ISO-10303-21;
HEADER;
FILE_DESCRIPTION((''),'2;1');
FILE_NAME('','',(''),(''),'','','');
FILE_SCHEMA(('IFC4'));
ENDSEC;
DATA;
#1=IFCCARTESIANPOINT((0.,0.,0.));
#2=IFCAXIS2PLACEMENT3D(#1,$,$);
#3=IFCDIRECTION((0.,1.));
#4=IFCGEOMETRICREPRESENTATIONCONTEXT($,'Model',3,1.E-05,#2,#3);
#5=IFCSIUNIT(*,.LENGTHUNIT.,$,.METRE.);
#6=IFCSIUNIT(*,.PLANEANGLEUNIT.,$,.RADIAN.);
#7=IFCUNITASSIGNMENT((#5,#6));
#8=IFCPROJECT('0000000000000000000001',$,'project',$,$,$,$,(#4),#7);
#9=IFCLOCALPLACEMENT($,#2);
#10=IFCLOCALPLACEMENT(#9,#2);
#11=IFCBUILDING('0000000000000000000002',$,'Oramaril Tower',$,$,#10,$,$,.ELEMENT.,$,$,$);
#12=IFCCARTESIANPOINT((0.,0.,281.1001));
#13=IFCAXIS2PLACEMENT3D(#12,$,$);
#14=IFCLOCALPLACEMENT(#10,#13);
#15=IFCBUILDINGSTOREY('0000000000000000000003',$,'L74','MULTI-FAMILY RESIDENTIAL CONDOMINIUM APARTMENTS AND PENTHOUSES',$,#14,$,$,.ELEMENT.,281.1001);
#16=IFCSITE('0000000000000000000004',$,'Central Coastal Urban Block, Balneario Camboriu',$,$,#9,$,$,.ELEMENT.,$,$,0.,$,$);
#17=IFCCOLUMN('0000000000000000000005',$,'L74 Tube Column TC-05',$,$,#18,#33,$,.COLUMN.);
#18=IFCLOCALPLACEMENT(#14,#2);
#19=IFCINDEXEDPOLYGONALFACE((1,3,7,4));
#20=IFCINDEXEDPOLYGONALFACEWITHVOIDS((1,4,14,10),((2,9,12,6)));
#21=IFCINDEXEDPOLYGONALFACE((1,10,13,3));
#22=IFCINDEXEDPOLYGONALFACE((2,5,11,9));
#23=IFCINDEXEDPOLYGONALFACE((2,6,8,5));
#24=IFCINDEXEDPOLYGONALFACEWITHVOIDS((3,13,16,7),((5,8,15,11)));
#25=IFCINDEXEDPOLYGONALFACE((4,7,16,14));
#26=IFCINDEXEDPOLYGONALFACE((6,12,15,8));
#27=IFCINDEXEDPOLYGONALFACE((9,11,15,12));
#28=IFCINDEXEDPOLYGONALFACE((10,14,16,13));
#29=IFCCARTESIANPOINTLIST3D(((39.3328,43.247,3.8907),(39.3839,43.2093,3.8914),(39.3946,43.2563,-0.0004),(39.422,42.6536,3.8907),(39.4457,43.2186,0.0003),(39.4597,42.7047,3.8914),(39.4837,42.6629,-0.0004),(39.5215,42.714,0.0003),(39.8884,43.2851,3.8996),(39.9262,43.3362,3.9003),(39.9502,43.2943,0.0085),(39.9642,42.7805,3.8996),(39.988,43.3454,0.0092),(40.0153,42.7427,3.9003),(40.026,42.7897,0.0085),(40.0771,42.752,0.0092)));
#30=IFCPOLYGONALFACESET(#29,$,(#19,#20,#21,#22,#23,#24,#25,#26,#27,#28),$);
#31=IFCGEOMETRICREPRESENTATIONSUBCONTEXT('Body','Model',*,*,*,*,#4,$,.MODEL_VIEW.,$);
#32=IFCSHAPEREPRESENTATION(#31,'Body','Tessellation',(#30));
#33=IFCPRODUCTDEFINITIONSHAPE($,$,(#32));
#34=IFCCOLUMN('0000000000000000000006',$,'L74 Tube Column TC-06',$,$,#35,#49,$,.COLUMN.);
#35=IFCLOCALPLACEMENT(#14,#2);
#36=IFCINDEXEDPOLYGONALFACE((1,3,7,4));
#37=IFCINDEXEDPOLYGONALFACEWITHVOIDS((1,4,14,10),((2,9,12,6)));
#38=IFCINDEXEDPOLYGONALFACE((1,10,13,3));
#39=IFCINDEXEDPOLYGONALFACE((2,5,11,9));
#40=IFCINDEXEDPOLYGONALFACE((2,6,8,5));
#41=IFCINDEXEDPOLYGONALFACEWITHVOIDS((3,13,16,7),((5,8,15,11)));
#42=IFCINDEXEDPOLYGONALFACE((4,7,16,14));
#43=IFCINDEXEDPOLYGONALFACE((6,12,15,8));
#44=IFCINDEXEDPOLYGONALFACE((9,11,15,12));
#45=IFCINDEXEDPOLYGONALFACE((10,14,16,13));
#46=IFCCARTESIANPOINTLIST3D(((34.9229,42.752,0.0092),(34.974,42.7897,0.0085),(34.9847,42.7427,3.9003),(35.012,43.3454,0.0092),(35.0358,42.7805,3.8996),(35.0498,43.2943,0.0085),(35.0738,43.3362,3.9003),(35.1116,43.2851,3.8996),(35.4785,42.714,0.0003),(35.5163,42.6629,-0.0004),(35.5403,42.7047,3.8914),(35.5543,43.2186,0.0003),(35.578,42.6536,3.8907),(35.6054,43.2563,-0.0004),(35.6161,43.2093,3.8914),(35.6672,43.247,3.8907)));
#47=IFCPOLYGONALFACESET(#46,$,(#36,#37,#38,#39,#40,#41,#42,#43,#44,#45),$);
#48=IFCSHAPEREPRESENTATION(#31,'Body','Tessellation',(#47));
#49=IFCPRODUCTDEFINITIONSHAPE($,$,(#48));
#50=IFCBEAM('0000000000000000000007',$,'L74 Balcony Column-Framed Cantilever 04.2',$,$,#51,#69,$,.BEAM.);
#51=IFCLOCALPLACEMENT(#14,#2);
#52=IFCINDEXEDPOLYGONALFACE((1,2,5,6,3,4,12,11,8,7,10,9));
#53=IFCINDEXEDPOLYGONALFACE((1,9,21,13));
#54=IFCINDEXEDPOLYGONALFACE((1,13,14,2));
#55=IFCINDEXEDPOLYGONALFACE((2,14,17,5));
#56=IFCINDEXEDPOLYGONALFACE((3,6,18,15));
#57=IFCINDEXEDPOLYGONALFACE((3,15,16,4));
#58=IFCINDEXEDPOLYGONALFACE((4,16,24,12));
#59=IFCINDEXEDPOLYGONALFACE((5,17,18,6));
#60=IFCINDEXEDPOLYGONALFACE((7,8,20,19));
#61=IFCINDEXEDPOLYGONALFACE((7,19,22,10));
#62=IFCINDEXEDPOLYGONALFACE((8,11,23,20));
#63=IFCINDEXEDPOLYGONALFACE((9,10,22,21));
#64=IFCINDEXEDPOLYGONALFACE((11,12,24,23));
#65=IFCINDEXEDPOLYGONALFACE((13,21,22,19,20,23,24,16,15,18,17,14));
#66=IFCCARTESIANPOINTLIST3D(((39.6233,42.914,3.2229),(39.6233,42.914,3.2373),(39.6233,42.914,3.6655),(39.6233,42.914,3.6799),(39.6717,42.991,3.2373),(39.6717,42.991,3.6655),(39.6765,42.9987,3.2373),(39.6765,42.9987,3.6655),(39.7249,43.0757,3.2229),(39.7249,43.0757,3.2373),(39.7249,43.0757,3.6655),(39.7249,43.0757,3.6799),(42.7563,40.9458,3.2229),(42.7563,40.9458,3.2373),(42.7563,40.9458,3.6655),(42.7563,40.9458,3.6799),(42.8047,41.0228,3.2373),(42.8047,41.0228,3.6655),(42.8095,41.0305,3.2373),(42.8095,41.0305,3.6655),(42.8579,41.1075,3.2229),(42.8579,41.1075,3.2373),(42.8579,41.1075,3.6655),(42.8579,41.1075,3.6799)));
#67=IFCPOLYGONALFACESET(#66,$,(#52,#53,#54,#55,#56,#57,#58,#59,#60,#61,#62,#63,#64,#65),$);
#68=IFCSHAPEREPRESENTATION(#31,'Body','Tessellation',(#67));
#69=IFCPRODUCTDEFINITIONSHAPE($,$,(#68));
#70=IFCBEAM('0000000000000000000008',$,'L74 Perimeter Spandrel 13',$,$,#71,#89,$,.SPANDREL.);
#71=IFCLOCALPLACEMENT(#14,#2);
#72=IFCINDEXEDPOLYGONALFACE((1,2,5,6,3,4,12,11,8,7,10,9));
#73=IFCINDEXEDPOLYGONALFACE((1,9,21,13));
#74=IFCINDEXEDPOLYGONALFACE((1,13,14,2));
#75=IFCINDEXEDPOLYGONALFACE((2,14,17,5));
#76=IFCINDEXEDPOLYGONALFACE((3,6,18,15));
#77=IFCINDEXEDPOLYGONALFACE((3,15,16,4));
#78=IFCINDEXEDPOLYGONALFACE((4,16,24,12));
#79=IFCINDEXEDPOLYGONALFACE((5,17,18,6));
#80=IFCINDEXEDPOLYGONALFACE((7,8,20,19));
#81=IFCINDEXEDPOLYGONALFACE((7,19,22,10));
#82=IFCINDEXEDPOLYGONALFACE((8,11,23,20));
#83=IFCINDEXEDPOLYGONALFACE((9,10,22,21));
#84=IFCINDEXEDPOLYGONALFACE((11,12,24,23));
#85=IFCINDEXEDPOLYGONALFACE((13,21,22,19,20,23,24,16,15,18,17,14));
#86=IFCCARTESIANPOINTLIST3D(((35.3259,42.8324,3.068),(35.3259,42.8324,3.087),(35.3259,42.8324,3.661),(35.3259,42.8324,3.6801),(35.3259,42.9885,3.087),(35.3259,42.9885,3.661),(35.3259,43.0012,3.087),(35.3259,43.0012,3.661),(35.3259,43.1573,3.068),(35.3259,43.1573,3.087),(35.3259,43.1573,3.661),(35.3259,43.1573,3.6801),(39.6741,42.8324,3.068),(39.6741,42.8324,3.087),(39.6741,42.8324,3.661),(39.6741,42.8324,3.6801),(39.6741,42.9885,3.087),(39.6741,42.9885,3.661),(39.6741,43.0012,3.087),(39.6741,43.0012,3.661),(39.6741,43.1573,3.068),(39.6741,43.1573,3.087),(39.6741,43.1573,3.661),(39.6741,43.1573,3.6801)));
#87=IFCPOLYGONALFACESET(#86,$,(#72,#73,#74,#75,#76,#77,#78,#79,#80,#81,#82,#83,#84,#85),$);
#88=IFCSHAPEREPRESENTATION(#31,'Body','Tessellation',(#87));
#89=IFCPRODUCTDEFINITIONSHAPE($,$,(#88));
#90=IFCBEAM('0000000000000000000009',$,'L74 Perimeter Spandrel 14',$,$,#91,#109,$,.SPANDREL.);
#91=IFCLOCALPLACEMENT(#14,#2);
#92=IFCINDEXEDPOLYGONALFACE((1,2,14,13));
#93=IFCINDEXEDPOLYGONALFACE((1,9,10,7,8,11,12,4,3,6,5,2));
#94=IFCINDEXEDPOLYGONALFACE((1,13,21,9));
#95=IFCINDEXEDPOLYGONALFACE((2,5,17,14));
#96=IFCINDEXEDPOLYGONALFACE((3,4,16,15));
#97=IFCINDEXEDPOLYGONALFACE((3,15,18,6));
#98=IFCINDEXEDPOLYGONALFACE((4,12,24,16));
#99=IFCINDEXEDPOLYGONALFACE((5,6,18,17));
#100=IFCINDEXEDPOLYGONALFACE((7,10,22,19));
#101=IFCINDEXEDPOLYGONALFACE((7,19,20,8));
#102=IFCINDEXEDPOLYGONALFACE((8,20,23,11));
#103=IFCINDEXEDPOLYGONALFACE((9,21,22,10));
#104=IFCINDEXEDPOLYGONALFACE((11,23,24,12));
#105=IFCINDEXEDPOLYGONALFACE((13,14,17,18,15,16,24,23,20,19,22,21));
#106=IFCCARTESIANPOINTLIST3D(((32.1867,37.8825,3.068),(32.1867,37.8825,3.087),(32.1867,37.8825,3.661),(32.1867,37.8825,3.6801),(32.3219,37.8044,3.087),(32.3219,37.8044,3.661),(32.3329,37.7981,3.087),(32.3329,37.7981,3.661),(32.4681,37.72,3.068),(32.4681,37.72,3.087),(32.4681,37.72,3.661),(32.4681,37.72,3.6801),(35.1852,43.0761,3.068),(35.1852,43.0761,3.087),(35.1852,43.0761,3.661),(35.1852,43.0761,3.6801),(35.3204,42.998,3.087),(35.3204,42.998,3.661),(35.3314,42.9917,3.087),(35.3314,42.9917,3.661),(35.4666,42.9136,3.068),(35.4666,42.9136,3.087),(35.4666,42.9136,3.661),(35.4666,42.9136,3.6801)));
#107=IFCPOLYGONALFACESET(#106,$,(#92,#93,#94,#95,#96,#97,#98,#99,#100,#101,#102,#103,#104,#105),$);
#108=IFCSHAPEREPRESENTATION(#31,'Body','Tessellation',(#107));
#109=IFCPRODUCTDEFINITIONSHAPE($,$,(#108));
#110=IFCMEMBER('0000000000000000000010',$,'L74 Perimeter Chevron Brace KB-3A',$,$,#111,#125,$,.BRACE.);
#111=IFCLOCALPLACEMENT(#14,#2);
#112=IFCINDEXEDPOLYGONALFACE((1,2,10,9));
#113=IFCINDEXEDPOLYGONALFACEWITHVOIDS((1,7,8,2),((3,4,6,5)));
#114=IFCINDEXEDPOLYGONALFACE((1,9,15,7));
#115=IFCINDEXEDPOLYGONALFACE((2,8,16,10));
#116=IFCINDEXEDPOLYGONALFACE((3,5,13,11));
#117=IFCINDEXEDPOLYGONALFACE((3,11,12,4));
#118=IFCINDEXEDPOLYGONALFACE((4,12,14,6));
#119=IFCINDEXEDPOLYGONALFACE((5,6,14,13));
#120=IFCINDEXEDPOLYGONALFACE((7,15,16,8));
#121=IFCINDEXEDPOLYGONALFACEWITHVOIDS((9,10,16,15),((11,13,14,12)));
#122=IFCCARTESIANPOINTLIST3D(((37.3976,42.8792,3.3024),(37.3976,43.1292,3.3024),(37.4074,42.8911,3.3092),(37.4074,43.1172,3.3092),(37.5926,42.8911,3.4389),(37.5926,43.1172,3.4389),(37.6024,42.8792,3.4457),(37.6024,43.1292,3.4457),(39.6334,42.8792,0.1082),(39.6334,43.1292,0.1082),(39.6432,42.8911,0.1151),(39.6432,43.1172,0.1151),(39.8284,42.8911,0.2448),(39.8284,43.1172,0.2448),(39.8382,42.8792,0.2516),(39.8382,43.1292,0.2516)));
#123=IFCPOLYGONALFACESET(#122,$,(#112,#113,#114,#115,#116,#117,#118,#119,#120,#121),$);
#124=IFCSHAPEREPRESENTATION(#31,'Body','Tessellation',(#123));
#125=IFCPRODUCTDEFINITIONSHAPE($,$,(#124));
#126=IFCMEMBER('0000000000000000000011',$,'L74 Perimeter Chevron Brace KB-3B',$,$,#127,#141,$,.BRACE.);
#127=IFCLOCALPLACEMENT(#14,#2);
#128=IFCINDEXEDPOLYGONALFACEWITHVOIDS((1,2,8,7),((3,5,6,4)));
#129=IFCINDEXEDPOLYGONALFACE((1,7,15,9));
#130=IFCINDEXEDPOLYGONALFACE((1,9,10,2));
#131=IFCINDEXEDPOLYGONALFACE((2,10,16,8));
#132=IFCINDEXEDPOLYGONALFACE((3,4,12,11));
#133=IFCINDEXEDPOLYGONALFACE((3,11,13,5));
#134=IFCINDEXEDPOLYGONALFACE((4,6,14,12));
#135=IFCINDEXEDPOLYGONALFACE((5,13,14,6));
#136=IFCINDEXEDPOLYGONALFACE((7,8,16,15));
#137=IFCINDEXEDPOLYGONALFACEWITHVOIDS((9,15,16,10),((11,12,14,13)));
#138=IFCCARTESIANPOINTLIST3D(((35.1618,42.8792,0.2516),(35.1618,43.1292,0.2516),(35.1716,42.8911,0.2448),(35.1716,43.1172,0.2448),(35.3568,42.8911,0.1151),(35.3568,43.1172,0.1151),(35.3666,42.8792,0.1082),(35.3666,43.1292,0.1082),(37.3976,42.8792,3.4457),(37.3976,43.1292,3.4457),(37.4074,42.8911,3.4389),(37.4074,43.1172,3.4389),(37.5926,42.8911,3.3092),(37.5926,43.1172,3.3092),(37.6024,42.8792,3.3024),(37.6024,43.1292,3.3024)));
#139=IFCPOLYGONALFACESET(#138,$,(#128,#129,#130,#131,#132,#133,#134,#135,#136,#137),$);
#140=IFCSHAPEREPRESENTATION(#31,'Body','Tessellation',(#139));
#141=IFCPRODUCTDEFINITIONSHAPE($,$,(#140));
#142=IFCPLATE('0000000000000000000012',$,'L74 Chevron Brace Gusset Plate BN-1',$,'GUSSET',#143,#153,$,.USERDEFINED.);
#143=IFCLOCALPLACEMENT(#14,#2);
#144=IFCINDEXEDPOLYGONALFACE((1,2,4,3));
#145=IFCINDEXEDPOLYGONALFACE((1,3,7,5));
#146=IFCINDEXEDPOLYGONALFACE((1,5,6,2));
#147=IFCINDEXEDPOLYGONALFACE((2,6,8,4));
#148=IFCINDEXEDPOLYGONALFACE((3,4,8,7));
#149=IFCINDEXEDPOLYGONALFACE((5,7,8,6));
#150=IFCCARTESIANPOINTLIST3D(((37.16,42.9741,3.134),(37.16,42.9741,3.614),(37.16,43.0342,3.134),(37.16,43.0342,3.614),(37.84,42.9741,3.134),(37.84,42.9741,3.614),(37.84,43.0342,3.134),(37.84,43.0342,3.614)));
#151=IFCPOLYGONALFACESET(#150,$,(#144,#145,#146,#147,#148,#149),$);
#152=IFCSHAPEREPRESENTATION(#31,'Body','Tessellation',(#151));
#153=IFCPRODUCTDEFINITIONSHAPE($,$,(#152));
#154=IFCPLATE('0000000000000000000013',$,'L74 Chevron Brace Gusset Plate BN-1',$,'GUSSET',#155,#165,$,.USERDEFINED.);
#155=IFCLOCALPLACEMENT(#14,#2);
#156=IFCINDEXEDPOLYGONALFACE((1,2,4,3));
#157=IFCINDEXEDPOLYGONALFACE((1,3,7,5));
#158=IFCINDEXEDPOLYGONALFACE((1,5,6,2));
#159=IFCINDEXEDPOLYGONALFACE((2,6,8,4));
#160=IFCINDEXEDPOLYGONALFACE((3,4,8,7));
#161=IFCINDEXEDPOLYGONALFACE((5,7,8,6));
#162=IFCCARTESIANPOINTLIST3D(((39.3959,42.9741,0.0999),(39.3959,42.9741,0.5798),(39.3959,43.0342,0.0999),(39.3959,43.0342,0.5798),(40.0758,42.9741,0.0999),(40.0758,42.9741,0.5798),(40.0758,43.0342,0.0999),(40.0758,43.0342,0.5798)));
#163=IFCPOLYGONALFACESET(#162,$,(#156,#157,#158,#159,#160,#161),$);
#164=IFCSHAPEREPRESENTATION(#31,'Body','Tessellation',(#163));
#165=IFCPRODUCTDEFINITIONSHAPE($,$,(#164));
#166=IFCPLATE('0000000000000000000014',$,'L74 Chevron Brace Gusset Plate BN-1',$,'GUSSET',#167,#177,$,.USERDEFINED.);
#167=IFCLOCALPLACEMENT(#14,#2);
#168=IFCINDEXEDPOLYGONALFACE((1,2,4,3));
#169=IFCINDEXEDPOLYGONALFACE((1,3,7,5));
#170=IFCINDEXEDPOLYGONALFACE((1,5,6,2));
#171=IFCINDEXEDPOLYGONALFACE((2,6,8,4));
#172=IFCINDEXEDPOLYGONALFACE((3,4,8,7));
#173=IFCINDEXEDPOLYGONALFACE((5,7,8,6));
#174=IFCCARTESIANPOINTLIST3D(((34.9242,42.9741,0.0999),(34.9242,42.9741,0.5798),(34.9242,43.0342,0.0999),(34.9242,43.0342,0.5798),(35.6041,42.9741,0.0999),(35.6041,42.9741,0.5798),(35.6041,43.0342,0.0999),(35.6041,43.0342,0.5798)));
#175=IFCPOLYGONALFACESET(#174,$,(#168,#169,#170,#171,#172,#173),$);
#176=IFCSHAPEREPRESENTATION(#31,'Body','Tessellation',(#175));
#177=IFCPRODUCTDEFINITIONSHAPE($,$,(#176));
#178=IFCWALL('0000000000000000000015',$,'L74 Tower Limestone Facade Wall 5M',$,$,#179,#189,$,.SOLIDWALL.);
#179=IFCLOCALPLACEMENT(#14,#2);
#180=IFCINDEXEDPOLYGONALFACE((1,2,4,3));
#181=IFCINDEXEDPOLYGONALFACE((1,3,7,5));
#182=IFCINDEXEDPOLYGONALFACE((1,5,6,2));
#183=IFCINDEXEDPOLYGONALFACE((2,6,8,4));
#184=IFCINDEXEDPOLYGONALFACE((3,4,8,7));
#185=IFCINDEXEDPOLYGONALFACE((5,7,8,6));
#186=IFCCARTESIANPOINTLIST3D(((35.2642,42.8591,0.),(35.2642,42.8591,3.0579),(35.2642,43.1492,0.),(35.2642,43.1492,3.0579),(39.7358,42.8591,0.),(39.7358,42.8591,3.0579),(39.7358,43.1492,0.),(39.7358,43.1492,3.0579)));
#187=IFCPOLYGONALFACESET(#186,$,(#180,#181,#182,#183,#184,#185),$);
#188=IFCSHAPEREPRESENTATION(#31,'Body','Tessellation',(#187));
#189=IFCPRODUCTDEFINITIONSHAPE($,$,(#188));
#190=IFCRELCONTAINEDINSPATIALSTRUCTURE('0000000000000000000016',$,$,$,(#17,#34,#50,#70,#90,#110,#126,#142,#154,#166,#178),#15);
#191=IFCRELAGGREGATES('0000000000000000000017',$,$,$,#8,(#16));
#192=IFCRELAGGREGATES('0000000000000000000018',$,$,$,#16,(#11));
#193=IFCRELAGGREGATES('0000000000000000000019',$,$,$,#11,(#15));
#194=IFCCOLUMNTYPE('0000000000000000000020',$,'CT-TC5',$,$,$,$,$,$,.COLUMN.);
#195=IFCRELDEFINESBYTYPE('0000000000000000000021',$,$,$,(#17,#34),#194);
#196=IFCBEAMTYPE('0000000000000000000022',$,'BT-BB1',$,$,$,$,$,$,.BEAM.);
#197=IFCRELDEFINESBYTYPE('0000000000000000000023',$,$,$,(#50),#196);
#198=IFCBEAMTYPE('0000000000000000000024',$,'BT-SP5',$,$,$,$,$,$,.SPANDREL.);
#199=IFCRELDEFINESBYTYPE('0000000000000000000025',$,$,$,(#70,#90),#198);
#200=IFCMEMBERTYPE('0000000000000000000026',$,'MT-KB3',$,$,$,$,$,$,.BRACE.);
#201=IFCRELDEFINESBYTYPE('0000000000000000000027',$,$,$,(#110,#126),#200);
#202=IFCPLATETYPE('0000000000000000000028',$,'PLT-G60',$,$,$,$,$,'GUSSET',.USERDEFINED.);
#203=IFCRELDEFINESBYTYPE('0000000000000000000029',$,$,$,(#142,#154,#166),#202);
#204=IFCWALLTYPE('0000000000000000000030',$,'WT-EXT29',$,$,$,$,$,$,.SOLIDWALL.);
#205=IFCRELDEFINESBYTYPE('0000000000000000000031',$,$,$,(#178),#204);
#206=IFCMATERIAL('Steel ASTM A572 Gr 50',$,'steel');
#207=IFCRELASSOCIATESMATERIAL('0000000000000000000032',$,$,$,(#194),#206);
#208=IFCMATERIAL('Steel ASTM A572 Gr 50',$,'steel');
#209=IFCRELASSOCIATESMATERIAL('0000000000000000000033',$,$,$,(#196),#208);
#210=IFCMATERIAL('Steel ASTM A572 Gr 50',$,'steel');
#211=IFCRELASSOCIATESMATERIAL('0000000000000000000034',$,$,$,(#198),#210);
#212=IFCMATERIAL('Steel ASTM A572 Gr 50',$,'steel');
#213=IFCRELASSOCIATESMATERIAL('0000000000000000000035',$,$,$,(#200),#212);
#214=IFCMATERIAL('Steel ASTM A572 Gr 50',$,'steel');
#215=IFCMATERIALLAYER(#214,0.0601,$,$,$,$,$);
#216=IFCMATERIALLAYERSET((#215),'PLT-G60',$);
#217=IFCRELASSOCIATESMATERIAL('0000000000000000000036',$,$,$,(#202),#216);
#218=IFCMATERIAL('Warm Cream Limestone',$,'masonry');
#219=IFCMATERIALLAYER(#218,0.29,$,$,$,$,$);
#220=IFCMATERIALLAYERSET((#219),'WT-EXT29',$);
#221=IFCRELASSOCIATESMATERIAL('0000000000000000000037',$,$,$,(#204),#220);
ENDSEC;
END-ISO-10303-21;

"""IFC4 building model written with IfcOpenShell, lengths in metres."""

from ifc_helpers import new_model, si_unit, direction, frame, frame_2d, origin, origin_2d, place, context, subcontext, project, spatial, rectangle, hollow_rectangle, i_section, extrude, material, layer, layer_set, material_profile, profile_set, type_object, element, save


model = new_model("IFC4")

# Units and contexts
model_context = context("Model", 3, precision=1e-05, world=origin(), true_north=direction((0.0, 1.0)))
body_context = subcontext(model_context, "Body", "Model", "MODEL_VIEW")
ifc_project = project(units=[si_unit("LENGTHUNIT", "METRE"), si_unit("PLANEANGLEUNIT", "RADIAN")], contexts=[model_context])

# Site, building, storey
site_placement = place(None, origin())
site = spatial("IfcSite", under=ifc_project, at=site_placement, Name="Central Coastal Urban Block, Balneario Camboriu", CompositionType="ELEMENT", RefElevation=0.0)
building_placement = place(site_placement, origin())
building = spatial("IfcBuilding", under=site, at=building_placement, Name="Oramaril Tower", CompositionType="ELEMENT")
storey_placement = place(building_placement, frame((0.0, 0.0, 281.1001)))
storey = spatial("IfcBuildingStorey", under=building, at=storey_placement, Name="L74", Description="MULTI-FAMILY RESIDENTIAL CONDOMINIUM APARTMENTS AND PENTHOUSES", CompositionType="ELEMENT", Elevation=281.1001)

# Columns
ifc_material_1 = material(Name="Steel ASTM A572 Gr 50", Category="steel")
ifc_material_profile_1 = material_profile(ifc_material_1, hollow_rectangle(XDim=0.6001, YDim=0.6001, WallThickness=0.0449, at=origin_2d()), Name="BOX600X600X45")
ifc_profile_set_1 = profile_set([ifc_material_profile_1], Name="Steel ASTM A572 Gr 50")
column_type = type_object("IfcColumnType", Name="CT-TC5", PredefinedType="COLUMN", material=ifc_profile_set_1)
for number, where, z_axis, x_axis, name in (
    (1, (39.7358, 43.0042, 0.0044), (-0.015872, -0.002384, 0.999871), (0.148532, -0.988908, 0.0), "L74 Tube Column TC-05"),
    (2, (35.2642, 43.0042, 0.0044), (0.015872, -0.002384, 0.999871), (0.148532, 0.988908, 0.0), "L74 Tube Column TC-06"),
):
    element("IfcColumn", number, at=place(storey_placement, frame(where, z_axis=z_axis, x_axis=x_axis)), inside=storey, type_object=column_type, Name=name, PredefinedType="COLUMN", context=body_context, shape_type="SweptSolid", body=[
        extrude(hollow_rectangle(XDim=0.6001, YDim=0.6001, WallThickness=0.0449, at=origin_2d()), origin(), (0.0, 0.0, 1.0), 3.8916),
    ])

# Beams
ifc_material_2 = material(Name="Steel ASTM A572 Gr 50", Category="steel")
ifc_material_profile_2 = material_profile(ifc_material_2, i_section(OverallWidth=0.1909, OverallDepth=0.457, WebThickness=0.009, FlangeThickness=0.0144, at=origin_2d()), Name="W18X50")
ifc_profile_set_2 = profile_set([ifc_material_profile_2], Name="Steel ASTM A572 Gr 50")
beam_type_1 = type_object("IfcBeamType", Name="BT-BB1", PredefinedType="BEAM", material=ifc_profile_set_2)
beam_1_placement = place(storey_placement, frame((39.6741, 42.9949, 3.4514), z_axis=(0.846769, -0.531961, 0.0), x_axis=(0.531961, 0.846769, 0.0)))
element("IfcBeam", 3, at=beam_1_placement, inside=storey, type_object=beam_type_1, Name="L74 Balcony Column-Framed Cantilever 04.2", PredefinedType="BEAM", context=body_context, shape_type="SweptSolid", body=[
    extrude(i_section(OverallWidth=0.1909, OverallDepth=0.457, WebThickness=0.009, FlangeThickness=0.0144, at=origin_2d()), origin(), (0.0, 0.0, 1.0), 3.7),
])
ifc_material_3 = material(Name="Steel ASTM A572 Gr 50", Category="steel")
ifc_material_profile_3 = material_profile(ifc_material_3, i_section(OverallWidth=0.325, OverallDepth=0.6121, WebThickness=0.0127, FlangeThickness=0.019, at=origin_2d()), Name="W24X104")
ifc_profile_set_3 = profile_set([ifc_material_profile_3], Name="Steel ASTM A572 Gr 50")
beam_type_2 = type_object("IfcBeamType", Name="BT-SP5", PredefinedType="SPANDREL", material=ifc_profile_set_3)
beam_2_placement = place(storey_placement, frame((39.6741, 42.9949, 3.374), z_axis=(-1.0, 0.0, 0.0), x_axis=(0.0, -1.0, 0.0)))
element("IfcBeam", 4, at=beam_2_placement, inside=storey, type_object=beam_type_2, Name="L74 Perimeter Spandrel 13", PredefinedType="SPANDREL", context=body_context, shape_type="SweptSolid", body=[
    extrude(i_section(OverallWidth=0.325, OverallDepth=0.6121, WebThickness=0.0127, FlangeThickness=0.019, at=origin_2d()), origin(), (0.0, 0.0, 1.0), 4.3481),
])
beam_3_placement = place(storey_placement, frame((35.3259, 42.9949, 3.374), z_axis=(-0.500001, -0.866025, 0.0), x_axis=(0.866025, -0.500001, 0.0)))
element("IfcBeam", 5, at=beam_3_placement, inside=storey, type_object=beam_type_2, Name="L74 Perimeter Spandrel 14", PredefinedType="SPANDREL", context=body_context, shape_type="SweptSolid", body=[
    extrude(i_section(OverallWidth=0.325, OverallDepth=0.6121, WebThickness=0.0127, FlangeThickness=0.019, at=origin_2d()), origin(), (0.0, 0.0, 1.0), 5.9971),
])

# Members
ifc_material_4 = material(Name="Steel ASTM A572 Gr 50", Category="steel")
ifc_material_profile_4 = material_profile(ifc_material_4, hollow_rectangle(XDim=0.25, YDim=0.25, WallThickness=0.012, at=origin_2d()), Name="HSS250X250X12")
ifc_profile_set_4 = profile_set([ifc_material_profile_4], Name="Steel ASTM A572 Gr 50")
member_type = type_object("IfcMemberType", Name="MT-KB3", PredefinedType="BRACE", material=ifc_profile_set_4)
for number, where, z_axis, x_axis, name in (
    (6, (39.7358, 43.0042, 0.1799), (-0.573458, 0.0, 0.819235), (0.0, -1.0, 0.0), "L74 Perimeter Chevron Brace KB-3A"),
    (7, (35.2642, 43.0042, 0.1799), (0.573458, 0.0, 0.819235), (0.0, 1.0, 0.0), "L74 Perimeter Chevron Brace KB-3B"),
):
    element("IfcMember", number, at=place(storey_placement, frame(where, z_axis=z_axis, x_axis=x_axis)), inside=storey, type_object=member_type, Name=name, PredefinedType="BRACE", context=body_context, shape_type="SweptSolid", body=[
        extrude(hollow_rectangle(XDim=0.25, YDim=0.25, WallThickness=0.012, at=origin_2d()), origin(), (0.0, 0.0, 1.0), 3.8989),
    ])

# Plates
ifc_material_5 = material(Name="Steel ASTM A572 Gr 50", Category="steel")
ifc_layer_1 = layer(ifc_material_5, 0.0601)
ifc_layer_set_1 = layer_set([ifc_layer_1], Name="PLT-G60")
plate_type = type_object("IfcPlateType", Name="PLT-G60", ElementType="GUSSET", PredefinedType="USERDEFINED", material=ifc_layer_set_1)
for number, where, z_axis, x_axis, name in (
    (8, (37.5, 43.0042, 3.134), (0.0, 0.0, 1.0), (-1.0, 0.0, 0.0), "L74 Chevron Brace Gusset Plate BN-1"),
    (9, (39.7358, 43.0042, 0.0999), (0.0, 0.0, 1.0), (-1.0, 0.0, 0.0), "L74 Chevron Brace Gusset Plate BN-1"),
    (10, (35.2642, 43.0042, 0.0999), (0.0, 0.0, 1.0), (-1.0, 0.0, 0.0), "L74 Chevron Brace Gusset Plate BN-1"),
):
    element("IfcPlate", number, at=place(storey_placement, frame(where, z_axis=z_axis, x_axis=x_axis)), inside=storey, type_object=plate_type, Name=name, ObjectType="GUSSET", PredefinedType="USERDEFINED", context=body_context, shape_type="SweptSolid", body=[
        extrude(rectangle(XDim=0.6799, YDim=0.0601, at=origin_2d()), origin(), (0.0, 0.0, 1.0), 0.48),
    ])

# Wall
ifc_material_6 = material(Name="Warm Cream Limestone", Category="masonry")
ifc_layer_2 = layer(ifc_material_6, 0.29)
ifc_layer_set_2 = layer_set([ifc_layer_2], Name="WT-EXT29")
wall_type_1 = type_object("IfcWallType", Name="WT-EXT29", PredefinedType="SOLIDWALL", material=ifc_layer_set_2)
wall_1_placement = place(storey_placement, frame((39.7358, 43.0042, 0.0), z_axis=(0.0, 0.0, 1.0), x_axis=(-1.0, 0.0, 0.0)))
element("IfcWall", 11, at=wall_1_placement, inside=storey, type_object=wall_type_1, Name="L74 Tower Limestone Facade Wall 5M", PredefinedType="SOLIDWALL", context=body_context, shape_type="SweptSolid", body=[
    extrude(rectangle(XDim=4.4717, YDim=0.29, at=frame_2d((2.2358, 0.0))), origin(), (0.0, 0.0, 1.0), 3.0579),
])

save(model, "model.ifc")
